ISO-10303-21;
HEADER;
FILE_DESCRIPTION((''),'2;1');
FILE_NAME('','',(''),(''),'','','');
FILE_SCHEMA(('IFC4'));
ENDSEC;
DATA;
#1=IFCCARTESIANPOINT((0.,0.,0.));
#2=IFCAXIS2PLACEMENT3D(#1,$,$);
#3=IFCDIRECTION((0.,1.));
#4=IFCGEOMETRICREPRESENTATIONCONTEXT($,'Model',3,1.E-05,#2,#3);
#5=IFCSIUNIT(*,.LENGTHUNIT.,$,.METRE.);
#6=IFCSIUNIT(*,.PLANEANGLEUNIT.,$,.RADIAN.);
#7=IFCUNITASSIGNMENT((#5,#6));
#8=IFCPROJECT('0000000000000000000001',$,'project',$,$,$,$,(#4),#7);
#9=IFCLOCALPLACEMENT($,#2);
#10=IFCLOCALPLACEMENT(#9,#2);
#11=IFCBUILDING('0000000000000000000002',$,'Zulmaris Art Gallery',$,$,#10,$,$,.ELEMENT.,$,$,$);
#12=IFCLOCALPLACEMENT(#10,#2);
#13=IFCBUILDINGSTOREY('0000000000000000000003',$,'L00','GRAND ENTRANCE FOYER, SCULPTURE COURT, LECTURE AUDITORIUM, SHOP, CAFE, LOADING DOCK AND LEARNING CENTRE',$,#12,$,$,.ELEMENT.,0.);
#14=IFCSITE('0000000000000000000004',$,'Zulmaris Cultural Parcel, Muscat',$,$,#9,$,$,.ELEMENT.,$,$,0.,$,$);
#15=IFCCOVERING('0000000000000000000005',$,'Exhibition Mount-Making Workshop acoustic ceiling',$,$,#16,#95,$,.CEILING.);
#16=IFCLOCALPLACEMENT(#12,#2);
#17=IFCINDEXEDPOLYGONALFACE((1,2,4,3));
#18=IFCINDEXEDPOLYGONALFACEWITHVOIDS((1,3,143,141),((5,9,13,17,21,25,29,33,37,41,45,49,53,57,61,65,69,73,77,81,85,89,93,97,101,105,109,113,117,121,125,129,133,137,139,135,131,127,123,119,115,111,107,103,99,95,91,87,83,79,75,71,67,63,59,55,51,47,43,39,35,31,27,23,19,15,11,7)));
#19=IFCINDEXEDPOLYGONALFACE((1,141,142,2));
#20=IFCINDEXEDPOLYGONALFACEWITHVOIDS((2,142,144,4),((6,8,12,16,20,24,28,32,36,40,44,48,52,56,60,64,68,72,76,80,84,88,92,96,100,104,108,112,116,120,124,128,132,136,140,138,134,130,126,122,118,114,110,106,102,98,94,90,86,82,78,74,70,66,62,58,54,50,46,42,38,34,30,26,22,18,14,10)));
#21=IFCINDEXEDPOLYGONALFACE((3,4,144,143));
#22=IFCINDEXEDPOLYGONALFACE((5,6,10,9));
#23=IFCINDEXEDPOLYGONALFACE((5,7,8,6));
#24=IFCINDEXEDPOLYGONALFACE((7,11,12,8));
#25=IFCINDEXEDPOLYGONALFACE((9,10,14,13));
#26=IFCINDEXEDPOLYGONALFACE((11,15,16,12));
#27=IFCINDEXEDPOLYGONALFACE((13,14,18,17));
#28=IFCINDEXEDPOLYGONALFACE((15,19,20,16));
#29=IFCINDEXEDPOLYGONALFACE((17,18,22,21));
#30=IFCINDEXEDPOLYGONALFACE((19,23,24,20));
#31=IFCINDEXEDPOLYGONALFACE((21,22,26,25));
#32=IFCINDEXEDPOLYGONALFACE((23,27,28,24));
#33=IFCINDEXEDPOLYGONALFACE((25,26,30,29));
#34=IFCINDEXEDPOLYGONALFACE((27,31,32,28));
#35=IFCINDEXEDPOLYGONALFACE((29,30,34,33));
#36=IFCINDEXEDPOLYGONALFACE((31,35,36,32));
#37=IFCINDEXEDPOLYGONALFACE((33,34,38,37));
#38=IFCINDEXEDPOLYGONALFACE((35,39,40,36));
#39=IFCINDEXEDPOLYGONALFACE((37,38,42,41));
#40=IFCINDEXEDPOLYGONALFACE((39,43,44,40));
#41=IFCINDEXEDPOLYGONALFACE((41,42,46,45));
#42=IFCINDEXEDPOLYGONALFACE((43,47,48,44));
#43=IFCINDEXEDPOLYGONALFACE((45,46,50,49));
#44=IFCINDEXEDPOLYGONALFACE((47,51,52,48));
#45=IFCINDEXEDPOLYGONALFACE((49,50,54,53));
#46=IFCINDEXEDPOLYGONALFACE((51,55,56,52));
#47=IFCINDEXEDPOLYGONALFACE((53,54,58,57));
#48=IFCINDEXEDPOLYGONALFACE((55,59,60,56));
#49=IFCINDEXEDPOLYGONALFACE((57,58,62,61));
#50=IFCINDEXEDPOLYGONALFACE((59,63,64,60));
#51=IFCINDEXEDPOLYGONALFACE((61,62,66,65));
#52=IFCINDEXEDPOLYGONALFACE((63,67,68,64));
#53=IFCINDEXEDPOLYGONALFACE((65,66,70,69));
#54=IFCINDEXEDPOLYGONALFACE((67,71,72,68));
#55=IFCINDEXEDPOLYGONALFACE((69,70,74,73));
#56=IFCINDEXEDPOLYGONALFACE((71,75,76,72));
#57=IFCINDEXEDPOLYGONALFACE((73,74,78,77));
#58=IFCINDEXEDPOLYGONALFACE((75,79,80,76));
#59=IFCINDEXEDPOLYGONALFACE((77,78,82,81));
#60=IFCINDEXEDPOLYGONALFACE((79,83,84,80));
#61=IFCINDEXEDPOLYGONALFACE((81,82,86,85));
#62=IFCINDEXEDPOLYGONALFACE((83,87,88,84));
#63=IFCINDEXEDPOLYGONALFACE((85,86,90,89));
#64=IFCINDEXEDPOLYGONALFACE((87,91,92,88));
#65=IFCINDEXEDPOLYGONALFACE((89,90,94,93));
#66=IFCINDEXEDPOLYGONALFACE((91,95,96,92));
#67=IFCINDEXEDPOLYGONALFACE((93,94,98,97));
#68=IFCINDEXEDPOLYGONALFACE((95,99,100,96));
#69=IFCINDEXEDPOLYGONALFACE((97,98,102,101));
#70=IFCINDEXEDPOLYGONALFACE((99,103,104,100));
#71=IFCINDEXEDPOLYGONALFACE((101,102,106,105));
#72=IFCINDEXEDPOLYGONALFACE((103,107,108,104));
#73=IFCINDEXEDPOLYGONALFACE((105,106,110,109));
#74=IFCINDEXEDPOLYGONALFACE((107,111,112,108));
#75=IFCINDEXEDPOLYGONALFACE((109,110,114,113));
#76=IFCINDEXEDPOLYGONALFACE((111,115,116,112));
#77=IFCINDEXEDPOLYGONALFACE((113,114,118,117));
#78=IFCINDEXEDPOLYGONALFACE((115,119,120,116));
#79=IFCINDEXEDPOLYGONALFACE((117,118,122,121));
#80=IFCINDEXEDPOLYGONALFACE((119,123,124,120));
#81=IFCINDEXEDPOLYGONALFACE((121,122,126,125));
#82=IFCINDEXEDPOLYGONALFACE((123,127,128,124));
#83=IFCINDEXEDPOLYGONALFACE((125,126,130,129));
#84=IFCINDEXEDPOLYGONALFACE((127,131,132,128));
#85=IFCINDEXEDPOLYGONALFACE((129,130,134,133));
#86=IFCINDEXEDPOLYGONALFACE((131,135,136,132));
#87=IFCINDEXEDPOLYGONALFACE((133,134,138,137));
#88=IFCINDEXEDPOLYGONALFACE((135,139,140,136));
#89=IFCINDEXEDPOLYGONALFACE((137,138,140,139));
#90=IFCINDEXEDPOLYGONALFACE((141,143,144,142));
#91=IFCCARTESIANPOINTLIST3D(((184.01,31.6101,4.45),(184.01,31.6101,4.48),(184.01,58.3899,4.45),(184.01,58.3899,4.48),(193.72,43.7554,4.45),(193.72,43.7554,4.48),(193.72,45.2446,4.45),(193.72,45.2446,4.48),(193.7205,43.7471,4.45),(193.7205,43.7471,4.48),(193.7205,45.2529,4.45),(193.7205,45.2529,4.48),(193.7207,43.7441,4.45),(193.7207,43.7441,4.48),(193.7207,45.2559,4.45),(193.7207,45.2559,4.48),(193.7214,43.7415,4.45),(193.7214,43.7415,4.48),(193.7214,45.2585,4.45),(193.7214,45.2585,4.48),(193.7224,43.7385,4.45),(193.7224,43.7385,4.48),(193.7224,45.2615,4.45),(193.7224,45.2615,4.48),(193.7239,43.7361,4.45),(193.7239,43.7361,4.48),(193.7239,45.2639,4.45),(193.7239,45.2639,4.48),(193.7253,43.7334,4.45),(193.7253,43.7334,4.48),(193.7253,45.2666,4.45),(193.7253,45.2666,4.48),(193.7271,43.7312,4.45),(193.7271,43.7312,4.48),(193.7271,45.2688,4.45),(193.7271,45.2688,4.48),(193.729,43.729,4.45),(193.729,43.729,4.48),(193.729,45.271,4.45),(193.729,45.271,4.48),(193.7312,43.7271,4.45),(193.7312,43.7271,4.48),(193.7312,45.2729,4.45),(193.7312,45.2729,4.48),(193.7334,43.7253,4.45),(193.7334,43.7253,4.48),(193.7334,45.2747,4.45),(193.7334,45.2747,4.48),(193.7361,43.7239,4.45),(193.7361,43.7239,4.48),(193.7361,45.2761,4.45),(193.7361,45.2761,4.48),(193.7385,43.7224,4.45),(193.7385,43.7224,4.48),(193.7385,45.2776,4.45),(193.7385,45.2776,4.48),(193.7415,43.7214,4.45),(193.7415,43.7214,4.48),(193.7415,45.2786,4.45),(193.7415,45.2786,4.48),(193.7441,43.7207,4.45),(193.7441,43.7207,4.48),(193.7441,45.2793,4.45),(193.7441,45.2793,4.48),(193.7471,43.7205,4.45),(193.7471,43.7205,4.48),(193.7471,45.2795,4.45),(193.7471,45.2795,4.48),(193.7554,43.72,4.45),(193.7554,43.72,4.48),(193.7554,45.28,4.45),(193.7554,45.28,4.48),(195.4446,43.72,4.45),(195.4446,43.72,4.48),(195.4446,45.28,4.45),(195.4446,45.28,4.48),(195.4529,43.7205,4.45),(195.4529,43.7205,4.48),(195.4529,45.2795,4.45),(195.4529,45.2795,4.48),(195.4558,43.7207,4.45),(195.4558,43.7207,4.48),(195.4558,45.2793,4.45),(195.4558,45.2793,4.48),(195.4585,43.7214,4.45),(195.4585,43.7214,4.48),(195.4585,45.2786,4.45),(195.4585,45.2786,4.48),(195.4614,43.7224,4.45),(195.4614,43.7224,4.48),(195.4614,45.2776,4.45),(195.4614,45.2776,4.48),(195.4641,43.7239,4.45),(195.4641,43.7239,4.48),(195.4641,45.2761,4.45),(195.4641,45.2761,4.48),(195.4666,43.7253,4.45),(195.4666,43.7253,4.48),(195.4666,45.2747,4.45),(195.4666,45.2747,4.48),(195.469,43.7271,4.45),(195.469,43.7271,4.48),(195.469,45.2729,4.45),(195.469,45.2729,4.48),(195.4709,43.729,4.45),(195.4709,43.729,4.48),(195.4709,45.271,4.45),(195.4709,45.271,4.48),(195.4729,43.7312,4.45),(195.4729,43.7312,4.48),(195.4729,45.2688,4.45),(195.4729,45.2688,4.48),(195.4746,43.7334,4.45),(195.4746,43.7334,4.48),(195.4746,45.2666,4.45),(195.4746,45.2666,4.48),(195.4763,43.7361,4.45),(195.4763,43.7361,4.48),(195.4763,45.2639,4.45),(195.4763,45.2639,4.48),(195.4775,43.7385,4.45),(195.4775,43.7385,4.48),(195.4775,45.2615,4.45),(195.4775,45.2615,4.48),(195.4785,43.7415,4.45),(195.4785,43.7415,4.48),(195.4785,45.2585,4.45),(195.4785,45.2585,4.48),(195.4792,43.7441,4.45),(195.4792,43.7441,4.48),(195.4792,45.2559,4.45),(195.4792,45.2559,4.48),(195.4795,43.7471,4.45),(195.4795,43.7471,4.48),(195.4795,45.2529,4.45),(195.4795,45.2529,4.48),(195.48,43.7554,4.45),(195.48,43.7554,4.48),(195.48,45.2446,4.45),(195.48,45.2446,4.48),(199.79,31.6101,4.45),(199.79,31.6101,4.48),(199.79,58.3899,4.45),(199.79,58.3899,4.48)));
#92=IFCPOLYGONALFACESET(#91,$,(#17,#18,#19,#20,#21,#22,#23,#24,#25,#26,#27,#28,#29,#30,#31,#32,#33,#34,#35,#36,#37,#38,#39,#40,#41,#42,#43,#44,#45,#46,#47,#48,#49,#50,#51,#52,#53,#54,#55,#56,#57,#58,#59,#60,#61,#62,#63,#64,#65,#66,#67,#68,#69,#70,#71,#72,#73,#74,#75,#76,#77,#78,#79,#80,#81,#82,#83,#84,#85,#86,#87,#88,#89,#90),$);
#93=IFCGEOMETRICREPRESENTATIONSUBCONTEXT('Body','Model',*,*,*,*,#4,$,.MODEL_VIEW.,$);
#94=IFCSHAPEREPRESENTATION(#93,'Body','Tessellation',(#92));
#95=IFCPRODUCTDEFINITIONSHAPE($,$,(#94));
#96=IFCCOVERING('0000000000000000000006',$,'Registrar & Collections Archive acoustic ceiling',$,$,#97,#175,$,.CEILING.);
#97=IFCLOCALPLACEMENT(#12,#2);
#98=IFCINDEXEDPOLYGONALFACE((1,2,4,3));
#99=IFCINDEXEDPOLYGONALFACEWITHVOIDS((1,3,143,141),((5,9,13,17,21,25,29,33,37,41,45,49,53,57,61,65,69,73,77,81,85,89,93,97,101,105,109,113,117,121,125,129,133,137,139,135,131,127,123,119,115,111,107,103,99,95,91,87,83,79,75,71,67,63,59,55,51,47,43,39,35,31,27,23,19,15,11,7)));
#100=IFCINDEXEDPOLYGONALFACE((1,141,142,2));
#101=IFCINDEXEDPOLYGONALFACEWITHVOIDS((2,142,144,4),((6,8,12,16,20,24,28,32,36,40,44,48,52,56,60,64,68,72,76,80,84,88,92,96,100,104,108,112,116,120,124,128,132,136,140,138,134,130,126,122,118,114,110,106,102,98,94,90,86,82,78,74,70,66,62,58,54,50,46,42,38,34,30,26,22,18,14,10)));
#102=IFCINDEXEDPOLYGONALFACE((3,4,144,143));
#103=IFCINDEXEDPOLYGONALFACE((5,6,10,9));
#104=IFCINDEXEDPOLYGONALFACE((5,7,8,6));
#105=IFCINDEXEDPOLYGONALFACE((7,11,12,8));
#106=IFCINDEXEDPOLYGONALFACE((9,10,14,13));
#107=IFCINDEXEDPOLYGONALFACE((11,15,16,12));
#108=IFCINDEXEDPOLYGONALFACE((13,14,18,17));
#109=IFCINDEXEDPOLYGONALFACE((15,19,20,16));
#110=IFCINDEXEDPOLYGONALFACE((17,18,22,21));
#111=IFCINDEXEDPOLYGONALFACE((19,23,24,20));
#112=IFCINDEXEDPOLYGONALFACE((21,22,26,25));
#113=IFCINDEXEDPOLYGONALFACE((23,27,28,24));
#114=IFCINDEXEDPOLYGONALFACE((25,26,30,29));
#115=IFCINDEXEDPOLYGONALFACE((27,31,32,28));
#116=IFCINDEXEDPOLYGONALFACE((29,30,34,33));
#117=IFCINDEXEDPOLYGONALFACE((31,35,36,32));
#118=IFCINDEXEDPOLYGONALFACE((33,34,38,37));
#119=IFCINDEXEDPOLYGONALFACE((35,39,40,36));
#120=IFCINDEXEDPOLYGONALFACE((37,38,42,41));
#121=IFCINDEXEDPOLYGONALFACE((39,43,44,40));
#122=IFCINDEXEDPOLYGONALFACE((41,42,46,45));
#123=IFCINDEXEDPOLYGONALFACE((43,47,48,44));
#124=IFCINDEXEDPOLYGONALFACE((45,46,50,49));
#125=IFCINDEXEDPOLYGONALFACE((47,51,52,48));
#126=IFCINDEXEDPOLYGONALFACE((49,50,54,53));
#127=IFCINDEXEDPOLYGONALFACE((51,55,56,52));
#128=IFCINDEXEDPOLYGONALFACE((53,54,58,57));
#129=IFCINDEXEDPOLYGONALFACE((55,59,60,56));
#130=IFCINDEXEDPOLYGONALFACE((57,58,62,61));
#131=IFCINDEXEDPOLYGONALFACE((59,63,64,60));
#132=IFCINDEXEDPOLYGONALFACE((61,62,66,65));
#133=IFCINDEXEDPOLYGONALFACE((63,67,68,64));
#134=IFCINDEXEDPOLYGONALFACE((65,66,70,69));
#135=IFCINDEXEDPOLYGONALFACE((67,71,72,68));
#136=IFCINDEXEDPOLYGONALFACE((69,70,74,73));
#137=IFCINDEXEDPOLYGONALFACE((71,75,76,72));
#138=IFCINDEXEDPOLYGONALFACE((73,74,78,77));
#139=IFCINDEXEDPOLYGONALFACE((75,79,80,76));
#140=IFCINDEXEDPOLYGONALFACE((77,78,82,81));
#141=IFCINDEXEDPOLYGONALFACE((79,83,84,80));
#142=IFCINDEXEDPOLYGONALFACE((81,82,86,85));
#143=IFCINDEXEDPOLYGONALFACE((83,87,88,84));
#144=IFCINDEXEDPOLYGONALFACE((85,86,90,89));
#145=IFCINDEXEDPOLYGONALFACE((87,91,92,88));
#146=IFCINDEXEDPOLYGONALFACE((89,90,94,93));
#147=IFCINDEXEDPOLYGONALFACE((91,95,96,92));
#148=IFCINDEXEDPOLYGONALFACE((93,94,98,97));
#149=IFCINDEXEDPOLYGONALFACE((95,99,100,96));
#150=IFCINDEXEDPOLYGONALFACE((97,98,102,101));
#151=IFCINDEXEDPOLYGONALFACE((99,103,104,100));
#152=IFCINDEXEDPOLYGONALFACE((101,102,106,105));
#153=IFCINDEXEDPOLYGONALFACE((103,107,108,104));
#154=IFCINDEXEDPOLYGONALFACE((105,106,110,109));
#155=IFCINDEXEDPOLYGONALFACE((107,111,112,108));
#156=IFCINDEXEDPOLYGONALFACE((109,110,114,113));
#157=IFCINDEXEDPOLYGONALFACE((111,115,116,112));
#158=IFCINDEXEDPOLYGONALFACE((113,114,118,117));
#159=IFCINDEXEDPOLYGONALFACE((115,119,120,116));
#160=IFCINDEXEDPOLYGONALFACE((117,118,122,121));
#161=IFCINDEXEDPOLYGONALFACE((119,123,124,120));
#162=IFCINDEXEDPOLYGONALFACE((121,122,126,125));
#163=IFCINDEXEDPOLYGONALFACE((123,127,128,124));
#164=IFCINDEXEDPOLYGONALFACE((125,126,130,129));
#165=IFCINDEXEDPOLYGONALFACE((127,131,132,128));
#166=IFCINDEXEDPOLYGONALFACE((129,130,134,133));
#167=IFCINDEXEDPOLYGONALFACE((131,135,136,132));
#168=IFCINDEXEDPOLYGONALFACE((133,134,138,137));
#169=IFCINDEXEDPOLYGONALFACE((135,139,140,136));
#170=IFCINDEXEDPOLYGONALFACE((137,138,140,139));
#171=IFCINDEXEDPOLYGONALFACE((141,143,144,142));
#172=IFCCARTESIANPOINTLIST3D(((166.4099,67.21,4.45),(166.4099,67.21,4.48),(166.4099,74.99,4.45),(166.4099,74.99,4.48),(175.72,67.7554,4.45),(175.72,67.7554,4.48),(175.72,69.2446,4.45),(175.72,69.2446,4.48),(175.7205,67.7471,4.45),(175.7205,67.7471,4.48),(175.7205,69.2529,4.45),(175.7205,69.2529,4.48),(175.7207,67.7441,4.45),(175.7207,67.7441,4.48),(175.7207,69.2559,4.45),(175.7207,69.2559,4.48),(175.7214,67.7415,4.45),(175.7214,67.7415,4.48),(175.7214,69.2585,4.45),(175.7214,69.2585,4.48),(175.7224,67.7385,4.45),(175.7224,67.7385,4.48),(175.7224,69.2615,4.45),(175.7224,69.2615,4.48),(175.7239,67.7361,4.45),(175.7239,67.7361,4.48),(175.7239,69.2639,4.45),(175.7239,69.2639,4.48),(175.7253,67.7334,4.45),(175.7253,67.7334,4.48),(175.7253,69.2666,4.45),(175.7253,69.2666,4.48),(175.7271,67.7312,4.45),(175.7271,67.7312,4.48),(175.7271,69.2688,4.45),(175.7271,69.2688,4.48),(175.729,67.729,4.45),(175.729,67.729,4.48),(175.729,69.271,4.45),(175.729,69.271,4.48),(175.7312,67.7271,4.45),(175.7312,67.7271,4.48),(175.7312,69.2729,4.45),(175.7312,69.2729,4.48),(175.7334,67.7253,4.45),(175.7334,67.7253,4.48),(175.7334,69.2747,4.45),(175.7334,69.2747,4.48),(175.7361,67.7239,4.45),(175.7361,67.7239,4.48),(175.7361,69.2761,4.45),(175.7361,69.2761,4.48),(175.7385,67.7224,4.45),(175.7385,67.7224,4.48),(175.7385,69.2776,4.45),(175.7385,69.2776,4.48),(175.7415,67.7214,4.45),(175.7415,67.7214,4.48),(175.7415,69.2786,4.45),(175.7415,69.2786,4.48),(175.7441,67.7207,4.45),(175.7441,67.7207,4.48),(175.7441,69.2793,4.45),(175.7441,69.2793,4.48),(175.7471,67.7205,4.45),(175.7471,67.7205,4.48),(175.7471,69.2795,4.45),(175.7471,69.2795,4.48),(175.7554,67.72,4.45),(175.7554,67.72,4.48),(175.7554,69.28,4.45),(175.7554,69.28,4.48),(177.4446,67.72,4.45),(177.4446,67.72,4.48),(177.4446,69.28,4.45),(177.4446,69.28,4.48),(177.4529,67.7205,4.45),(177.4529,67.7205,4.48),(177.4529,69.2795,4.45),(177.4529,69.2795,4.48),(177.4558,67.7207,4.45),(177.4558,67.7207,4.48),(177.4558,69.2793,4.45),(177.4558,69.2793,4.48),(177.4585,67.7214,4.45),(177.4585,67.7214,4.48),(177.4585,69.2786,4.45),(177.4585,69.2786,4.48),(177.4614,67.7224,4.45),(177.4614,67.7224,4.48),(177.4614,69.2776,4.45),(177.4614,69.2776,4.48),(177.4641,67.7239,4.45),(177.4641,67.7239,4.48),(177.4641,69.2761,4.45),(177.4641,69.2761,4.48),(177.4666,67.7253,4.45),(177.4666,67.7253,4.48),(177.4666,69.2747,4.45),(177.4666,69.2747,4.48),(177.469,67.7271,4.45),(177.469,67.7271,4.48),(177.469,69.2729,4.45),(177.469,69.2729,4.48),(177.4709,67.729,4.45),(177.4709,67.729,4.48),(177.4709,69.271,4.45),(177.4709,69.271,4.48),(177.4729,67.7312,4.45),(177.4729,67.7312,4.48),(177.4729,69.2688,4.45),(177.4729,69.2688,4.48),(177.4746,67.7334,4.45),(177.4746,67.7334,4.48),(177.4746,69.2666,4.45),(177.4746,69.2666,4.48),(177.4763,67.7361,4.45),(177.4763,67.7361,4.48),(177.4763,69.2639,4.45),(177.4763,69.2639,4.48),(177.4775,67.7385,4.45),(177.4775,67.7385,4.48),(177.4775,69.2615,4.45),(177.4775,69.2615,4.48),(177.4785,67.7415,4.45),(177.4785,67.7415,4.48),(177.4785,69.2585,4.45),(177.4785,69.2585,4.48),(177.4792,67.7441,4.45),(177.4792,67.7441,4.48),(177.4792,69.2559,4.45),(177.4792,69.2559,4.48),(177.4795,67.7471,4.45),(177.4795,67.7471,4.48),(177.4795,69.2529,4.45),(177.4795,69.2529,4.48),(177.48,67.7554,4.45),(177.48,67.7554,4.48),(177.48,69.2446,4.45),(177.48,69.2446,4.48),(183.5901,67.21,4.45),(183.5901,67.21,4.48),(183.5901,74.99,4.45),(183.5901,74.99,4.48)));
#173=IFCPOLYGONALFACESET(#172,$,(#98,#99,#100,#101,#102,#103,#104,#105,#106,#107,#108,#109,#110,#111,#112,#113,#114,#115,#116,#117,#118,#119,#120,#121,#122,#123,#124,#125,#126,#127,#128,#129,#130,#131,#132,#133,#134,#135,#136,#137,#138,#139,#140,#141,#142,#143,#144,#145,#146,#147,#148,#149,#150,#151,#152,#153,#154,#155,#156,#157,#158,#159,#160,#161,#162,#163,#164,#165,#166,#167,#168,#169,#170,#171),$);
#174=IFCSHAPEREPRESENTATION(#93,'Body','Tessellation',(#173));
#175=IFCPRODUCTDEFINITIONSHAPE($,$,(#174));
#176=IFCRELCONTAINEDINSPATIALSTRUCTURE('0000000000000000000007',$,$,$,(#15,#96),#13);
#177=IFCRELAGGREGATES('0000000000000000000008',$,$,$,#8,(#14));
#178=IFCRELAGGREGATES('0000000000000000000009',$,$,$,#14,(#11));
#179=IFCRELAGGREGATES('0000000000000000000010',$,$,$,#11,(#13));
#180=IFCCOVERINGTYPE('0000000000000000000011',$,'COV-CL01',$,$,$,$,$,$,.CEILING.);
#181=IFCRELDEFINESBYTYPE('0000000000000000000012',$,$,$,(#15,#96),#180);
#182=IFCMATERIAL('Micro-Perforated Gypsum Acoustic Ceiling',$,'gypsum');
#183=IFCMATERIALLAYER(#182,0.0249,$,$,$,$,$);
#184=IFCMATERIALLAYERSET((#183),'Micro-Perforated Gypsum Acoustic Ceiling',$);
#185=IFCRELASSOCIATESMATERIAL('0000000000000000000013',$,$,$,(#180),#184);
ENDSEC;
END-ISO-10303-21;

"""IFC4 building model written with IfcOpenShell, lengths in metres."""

from ifc_helpers import new_model, si_unit, direction, frame, origin, place, context, subcontext, project, spatial, polyline, outline, extrude, material, layer, layer_set, type_object, element, save


model = new_model("IFC4")

# Units and contexts
model_context = context("Model", 3, precision=1e-05, world=origin(), true_north=direction((0.0, 1.0)))
body_context = subcontext(model_context, "Body", "Model", "MODEL_VIEW")
ifc_project = project(units=[si_unit("LENGTHUNIT", "METRE"), si_unit("PLANEANGLEUNIT", "RADIAN")], contexts=[model_context])

# Site, building, storey
site_placement = place(None, origin())
site = spatial("IfcSite", under=ifc_project, at=site_placement, Name="Zulmaris Cultural Parcel, Muscat", CompositionType="ELEMENT", RefElevation=0.0)
building_placement = place(site_placement, origin())
building = spatial("IfcBuilding", under=site, at=building_placement, Name="Zulmaris Art Gallery", CompositionType="ELEMENT")
storey_placement = place(building_placement, origin())
storey = spatial("IfcBuildingStorey", under=building, at=storey_placement, Name="L00", Description="GRAND ENTRANCE FOYER, SCULPTURE COURT, LECTURE AUDITORIUM, SHOP, CAFE, LOADING DOCK AND LEARNING CENTRE", CompositionType="ELEMENT", Elevation=0.0)

# Coverings
ifc_material_1 = material(Name="Micro-Perforated Gypsum Acoustic Ceiling", Category="gypsum")
ifc_layer_1 = layer(ifc_material_1, 0.0249)
ifc_layer_set_1 = layer_set([ifc_layer_1], Name="Micro-Perforated Gypsum Acoustic Ceiling")
covering_type_1 = type_object("IfcCoveringType", Name="COV-CL01", PredefinedType="CEILING", material=ifc_layer_set_1)
covering_1_placement = place(storey_placement, frame((0.0, 0.0, 4.45)))
element("IfcCovering", 1, at=covering_1_placement, inside=storey, type_object=covering_type_1, Name="Exhibition Mount-Making Workshop acoustic ceiling", PredefinedType="CEILING", context=body_context, shape_type="SweptSolid", body=[
    extrude(outline(polyline([(184.01, 58.3899), (199.79, 58.3899), (199.79, 31.6101), (184.01, 31.6101), (184.01, 58.3899)]), holes=[polyline([(193.7415, 45.2786), (193.7385, 45.2776), (193.7361, 45.2761), (193.7334, 45.2747), (193.7312, 45.2729), (193.729, 45.271), (193.7271, 45.2688), (193.7253, 45.2666), (193.7239, 45.2639), (193.7224, 45.2615), (193.7214, 45.2585), (193.7207, 45.2559), (193.7205, 45.2529), (193.72, 45.2446), (193.72, 43.7554), (193.7205, 43.7471), (193.7207, 43.7441), (193.7214, 43.7415), (193.7224, 43.7385), (193.7239, 43.7361), (193.7253, 43.7334), (193.7271, 43.7312), (193.729, 43.729), (193.7312, 43.7271), (193.7334, 43.7253), (193.7361, 43.7239), (193.7385, 43.7224), (193.7415, 43.7214), (193.7441, 43.7207), (193.7471, 43.7205), (193.7554, 43.72), (195.4446, 43.72), (195.4529, 43.7205), (195.4558, 43.7207), (195.4585, 43.7214), (195.4614, 43.7224), (195.4641, 43.7239), (195.4666, 43.7253), (195.469, 43.7271), (195.4709, 43.729), (195.4729, 43.7312), (195.4746, 43.7334), (195.4763, 43.7361), (195.4775, 43.7385), (195.4785, 43.7415), (195.4792, 43.7441), (195.4795, 43.7471), (195.48, 43.7554), (195.48, 45.2446), (195.4795, 45.2529), (195.4792, 45.2559), (195.4785, 45.2585), (195.4775, 45.2615), (195.4763, 45.2639), (195.4746, 45.2666), (195.4729, 45.2688), (195.4709, 45.271), (195.469, 45.2729), (195.4666, 45.2747), (195.4641, 45.2761), (195.4614, 45.2776), (195.4585, 45.2786), (195.4558, 45.2793), (195.4529, 45.2795), (195.4446, 45.28), (193.7554, 45.28), (193.7471, 45.2795), (193.7441, 45.2793), (193.7415, 45.2786)])]), origin(), (0.0, 0.0, 1.0), 0.03),
])
covering_2_placement = place(storey_placement, frame((0.0, 0.0, 4.45)))
element("IfcCovering", 2, at=covering_2_placement, inside=storey, type_object=covering_type_1, Name="Registrar & Collections Archive acoustic ceiling", PredefinedType="CEILING", context=body_context, shape_type="SweptSolid", body=[
    extrude(outline(polyline([(166.4099, 74.99), (183.5901, 74.99), (183.5901, 67.21), (166.4099, 67.21), (166.4099, 74.99)]), holes=[polyline([(175.7415, 69.2786), (175.7385, 69.2776), (175.7361, 69.2761), (175.7334, 69.2747), (175.7312, 69.2729), (175.729, 69.271), (175.7271, 69.2688), (175.7253, 69.2666), (175.7239, 69.2639), (175.7224, 69.2615), (175.7214, 69.2585), (175.7207, 69.2559), (175.7205, 69.2529), (175.72, 69.2446), (175.72, 67.7554), (175.7205, 67.7471), (175.7207, 67.7441), (175.7214, 67.7415), (175.7224, 67.7385), (175.7239, 67.7361), (175.7253, 67.7334), (175.7271, 67.7312), (175.729, 67.729), (175.7312, 67.7271), (175.7334, 67.7253), (175.7361, 67.7239), (175.7385, 67.7224), (175.7415, 67.7214), (175.7441, 67.7207), (175.7471, 67.7205), (175.7554, 67.72), (177.4446, 67.72), (177.4529, 67.7205), (177.4558, 67.7207), (177.4585, 67.7214), (177.4614, 67.7224), (177.4641, 67.7239), (177.4666, 67.7253), (177.469, 67.7271), (177.4709, 67.729), (177.4729, 67.7312), (177.4746, 67.7334), (177.4763, 67.7361), (177.4775, 67.7385), (177.4785, 67.7415), (177.4792, 67.7441), (177.4795, 67.7471), (177.48, 67.7554), (177.48, 69.2446), (177.4795, 69.2529), (177.4792, 69.2559), (177.4785, 69.2585), (177.4775, 69.2615), (177.4763, 69.2639), (177.4746, 69.2666), (177.4729, 69.2688), (177.4709, 69.271), (177.469, 69.2729), (177.4666, 69.2747), (177.4641, 69.2761), (177.4614, 69.2776), (177.4585, 69.2786), (177.4558, 69.2793), (177.4529, 69.2795), (177.4446, 69.28), (175.7554, 69.28), (175.7471, 69.2795), (175.7441, 69.2793), (175.7415, 69.2786)])]), origin(), (0.0, 0.0, 1.0), 0.03),
])

save(model, "model.ifc")
